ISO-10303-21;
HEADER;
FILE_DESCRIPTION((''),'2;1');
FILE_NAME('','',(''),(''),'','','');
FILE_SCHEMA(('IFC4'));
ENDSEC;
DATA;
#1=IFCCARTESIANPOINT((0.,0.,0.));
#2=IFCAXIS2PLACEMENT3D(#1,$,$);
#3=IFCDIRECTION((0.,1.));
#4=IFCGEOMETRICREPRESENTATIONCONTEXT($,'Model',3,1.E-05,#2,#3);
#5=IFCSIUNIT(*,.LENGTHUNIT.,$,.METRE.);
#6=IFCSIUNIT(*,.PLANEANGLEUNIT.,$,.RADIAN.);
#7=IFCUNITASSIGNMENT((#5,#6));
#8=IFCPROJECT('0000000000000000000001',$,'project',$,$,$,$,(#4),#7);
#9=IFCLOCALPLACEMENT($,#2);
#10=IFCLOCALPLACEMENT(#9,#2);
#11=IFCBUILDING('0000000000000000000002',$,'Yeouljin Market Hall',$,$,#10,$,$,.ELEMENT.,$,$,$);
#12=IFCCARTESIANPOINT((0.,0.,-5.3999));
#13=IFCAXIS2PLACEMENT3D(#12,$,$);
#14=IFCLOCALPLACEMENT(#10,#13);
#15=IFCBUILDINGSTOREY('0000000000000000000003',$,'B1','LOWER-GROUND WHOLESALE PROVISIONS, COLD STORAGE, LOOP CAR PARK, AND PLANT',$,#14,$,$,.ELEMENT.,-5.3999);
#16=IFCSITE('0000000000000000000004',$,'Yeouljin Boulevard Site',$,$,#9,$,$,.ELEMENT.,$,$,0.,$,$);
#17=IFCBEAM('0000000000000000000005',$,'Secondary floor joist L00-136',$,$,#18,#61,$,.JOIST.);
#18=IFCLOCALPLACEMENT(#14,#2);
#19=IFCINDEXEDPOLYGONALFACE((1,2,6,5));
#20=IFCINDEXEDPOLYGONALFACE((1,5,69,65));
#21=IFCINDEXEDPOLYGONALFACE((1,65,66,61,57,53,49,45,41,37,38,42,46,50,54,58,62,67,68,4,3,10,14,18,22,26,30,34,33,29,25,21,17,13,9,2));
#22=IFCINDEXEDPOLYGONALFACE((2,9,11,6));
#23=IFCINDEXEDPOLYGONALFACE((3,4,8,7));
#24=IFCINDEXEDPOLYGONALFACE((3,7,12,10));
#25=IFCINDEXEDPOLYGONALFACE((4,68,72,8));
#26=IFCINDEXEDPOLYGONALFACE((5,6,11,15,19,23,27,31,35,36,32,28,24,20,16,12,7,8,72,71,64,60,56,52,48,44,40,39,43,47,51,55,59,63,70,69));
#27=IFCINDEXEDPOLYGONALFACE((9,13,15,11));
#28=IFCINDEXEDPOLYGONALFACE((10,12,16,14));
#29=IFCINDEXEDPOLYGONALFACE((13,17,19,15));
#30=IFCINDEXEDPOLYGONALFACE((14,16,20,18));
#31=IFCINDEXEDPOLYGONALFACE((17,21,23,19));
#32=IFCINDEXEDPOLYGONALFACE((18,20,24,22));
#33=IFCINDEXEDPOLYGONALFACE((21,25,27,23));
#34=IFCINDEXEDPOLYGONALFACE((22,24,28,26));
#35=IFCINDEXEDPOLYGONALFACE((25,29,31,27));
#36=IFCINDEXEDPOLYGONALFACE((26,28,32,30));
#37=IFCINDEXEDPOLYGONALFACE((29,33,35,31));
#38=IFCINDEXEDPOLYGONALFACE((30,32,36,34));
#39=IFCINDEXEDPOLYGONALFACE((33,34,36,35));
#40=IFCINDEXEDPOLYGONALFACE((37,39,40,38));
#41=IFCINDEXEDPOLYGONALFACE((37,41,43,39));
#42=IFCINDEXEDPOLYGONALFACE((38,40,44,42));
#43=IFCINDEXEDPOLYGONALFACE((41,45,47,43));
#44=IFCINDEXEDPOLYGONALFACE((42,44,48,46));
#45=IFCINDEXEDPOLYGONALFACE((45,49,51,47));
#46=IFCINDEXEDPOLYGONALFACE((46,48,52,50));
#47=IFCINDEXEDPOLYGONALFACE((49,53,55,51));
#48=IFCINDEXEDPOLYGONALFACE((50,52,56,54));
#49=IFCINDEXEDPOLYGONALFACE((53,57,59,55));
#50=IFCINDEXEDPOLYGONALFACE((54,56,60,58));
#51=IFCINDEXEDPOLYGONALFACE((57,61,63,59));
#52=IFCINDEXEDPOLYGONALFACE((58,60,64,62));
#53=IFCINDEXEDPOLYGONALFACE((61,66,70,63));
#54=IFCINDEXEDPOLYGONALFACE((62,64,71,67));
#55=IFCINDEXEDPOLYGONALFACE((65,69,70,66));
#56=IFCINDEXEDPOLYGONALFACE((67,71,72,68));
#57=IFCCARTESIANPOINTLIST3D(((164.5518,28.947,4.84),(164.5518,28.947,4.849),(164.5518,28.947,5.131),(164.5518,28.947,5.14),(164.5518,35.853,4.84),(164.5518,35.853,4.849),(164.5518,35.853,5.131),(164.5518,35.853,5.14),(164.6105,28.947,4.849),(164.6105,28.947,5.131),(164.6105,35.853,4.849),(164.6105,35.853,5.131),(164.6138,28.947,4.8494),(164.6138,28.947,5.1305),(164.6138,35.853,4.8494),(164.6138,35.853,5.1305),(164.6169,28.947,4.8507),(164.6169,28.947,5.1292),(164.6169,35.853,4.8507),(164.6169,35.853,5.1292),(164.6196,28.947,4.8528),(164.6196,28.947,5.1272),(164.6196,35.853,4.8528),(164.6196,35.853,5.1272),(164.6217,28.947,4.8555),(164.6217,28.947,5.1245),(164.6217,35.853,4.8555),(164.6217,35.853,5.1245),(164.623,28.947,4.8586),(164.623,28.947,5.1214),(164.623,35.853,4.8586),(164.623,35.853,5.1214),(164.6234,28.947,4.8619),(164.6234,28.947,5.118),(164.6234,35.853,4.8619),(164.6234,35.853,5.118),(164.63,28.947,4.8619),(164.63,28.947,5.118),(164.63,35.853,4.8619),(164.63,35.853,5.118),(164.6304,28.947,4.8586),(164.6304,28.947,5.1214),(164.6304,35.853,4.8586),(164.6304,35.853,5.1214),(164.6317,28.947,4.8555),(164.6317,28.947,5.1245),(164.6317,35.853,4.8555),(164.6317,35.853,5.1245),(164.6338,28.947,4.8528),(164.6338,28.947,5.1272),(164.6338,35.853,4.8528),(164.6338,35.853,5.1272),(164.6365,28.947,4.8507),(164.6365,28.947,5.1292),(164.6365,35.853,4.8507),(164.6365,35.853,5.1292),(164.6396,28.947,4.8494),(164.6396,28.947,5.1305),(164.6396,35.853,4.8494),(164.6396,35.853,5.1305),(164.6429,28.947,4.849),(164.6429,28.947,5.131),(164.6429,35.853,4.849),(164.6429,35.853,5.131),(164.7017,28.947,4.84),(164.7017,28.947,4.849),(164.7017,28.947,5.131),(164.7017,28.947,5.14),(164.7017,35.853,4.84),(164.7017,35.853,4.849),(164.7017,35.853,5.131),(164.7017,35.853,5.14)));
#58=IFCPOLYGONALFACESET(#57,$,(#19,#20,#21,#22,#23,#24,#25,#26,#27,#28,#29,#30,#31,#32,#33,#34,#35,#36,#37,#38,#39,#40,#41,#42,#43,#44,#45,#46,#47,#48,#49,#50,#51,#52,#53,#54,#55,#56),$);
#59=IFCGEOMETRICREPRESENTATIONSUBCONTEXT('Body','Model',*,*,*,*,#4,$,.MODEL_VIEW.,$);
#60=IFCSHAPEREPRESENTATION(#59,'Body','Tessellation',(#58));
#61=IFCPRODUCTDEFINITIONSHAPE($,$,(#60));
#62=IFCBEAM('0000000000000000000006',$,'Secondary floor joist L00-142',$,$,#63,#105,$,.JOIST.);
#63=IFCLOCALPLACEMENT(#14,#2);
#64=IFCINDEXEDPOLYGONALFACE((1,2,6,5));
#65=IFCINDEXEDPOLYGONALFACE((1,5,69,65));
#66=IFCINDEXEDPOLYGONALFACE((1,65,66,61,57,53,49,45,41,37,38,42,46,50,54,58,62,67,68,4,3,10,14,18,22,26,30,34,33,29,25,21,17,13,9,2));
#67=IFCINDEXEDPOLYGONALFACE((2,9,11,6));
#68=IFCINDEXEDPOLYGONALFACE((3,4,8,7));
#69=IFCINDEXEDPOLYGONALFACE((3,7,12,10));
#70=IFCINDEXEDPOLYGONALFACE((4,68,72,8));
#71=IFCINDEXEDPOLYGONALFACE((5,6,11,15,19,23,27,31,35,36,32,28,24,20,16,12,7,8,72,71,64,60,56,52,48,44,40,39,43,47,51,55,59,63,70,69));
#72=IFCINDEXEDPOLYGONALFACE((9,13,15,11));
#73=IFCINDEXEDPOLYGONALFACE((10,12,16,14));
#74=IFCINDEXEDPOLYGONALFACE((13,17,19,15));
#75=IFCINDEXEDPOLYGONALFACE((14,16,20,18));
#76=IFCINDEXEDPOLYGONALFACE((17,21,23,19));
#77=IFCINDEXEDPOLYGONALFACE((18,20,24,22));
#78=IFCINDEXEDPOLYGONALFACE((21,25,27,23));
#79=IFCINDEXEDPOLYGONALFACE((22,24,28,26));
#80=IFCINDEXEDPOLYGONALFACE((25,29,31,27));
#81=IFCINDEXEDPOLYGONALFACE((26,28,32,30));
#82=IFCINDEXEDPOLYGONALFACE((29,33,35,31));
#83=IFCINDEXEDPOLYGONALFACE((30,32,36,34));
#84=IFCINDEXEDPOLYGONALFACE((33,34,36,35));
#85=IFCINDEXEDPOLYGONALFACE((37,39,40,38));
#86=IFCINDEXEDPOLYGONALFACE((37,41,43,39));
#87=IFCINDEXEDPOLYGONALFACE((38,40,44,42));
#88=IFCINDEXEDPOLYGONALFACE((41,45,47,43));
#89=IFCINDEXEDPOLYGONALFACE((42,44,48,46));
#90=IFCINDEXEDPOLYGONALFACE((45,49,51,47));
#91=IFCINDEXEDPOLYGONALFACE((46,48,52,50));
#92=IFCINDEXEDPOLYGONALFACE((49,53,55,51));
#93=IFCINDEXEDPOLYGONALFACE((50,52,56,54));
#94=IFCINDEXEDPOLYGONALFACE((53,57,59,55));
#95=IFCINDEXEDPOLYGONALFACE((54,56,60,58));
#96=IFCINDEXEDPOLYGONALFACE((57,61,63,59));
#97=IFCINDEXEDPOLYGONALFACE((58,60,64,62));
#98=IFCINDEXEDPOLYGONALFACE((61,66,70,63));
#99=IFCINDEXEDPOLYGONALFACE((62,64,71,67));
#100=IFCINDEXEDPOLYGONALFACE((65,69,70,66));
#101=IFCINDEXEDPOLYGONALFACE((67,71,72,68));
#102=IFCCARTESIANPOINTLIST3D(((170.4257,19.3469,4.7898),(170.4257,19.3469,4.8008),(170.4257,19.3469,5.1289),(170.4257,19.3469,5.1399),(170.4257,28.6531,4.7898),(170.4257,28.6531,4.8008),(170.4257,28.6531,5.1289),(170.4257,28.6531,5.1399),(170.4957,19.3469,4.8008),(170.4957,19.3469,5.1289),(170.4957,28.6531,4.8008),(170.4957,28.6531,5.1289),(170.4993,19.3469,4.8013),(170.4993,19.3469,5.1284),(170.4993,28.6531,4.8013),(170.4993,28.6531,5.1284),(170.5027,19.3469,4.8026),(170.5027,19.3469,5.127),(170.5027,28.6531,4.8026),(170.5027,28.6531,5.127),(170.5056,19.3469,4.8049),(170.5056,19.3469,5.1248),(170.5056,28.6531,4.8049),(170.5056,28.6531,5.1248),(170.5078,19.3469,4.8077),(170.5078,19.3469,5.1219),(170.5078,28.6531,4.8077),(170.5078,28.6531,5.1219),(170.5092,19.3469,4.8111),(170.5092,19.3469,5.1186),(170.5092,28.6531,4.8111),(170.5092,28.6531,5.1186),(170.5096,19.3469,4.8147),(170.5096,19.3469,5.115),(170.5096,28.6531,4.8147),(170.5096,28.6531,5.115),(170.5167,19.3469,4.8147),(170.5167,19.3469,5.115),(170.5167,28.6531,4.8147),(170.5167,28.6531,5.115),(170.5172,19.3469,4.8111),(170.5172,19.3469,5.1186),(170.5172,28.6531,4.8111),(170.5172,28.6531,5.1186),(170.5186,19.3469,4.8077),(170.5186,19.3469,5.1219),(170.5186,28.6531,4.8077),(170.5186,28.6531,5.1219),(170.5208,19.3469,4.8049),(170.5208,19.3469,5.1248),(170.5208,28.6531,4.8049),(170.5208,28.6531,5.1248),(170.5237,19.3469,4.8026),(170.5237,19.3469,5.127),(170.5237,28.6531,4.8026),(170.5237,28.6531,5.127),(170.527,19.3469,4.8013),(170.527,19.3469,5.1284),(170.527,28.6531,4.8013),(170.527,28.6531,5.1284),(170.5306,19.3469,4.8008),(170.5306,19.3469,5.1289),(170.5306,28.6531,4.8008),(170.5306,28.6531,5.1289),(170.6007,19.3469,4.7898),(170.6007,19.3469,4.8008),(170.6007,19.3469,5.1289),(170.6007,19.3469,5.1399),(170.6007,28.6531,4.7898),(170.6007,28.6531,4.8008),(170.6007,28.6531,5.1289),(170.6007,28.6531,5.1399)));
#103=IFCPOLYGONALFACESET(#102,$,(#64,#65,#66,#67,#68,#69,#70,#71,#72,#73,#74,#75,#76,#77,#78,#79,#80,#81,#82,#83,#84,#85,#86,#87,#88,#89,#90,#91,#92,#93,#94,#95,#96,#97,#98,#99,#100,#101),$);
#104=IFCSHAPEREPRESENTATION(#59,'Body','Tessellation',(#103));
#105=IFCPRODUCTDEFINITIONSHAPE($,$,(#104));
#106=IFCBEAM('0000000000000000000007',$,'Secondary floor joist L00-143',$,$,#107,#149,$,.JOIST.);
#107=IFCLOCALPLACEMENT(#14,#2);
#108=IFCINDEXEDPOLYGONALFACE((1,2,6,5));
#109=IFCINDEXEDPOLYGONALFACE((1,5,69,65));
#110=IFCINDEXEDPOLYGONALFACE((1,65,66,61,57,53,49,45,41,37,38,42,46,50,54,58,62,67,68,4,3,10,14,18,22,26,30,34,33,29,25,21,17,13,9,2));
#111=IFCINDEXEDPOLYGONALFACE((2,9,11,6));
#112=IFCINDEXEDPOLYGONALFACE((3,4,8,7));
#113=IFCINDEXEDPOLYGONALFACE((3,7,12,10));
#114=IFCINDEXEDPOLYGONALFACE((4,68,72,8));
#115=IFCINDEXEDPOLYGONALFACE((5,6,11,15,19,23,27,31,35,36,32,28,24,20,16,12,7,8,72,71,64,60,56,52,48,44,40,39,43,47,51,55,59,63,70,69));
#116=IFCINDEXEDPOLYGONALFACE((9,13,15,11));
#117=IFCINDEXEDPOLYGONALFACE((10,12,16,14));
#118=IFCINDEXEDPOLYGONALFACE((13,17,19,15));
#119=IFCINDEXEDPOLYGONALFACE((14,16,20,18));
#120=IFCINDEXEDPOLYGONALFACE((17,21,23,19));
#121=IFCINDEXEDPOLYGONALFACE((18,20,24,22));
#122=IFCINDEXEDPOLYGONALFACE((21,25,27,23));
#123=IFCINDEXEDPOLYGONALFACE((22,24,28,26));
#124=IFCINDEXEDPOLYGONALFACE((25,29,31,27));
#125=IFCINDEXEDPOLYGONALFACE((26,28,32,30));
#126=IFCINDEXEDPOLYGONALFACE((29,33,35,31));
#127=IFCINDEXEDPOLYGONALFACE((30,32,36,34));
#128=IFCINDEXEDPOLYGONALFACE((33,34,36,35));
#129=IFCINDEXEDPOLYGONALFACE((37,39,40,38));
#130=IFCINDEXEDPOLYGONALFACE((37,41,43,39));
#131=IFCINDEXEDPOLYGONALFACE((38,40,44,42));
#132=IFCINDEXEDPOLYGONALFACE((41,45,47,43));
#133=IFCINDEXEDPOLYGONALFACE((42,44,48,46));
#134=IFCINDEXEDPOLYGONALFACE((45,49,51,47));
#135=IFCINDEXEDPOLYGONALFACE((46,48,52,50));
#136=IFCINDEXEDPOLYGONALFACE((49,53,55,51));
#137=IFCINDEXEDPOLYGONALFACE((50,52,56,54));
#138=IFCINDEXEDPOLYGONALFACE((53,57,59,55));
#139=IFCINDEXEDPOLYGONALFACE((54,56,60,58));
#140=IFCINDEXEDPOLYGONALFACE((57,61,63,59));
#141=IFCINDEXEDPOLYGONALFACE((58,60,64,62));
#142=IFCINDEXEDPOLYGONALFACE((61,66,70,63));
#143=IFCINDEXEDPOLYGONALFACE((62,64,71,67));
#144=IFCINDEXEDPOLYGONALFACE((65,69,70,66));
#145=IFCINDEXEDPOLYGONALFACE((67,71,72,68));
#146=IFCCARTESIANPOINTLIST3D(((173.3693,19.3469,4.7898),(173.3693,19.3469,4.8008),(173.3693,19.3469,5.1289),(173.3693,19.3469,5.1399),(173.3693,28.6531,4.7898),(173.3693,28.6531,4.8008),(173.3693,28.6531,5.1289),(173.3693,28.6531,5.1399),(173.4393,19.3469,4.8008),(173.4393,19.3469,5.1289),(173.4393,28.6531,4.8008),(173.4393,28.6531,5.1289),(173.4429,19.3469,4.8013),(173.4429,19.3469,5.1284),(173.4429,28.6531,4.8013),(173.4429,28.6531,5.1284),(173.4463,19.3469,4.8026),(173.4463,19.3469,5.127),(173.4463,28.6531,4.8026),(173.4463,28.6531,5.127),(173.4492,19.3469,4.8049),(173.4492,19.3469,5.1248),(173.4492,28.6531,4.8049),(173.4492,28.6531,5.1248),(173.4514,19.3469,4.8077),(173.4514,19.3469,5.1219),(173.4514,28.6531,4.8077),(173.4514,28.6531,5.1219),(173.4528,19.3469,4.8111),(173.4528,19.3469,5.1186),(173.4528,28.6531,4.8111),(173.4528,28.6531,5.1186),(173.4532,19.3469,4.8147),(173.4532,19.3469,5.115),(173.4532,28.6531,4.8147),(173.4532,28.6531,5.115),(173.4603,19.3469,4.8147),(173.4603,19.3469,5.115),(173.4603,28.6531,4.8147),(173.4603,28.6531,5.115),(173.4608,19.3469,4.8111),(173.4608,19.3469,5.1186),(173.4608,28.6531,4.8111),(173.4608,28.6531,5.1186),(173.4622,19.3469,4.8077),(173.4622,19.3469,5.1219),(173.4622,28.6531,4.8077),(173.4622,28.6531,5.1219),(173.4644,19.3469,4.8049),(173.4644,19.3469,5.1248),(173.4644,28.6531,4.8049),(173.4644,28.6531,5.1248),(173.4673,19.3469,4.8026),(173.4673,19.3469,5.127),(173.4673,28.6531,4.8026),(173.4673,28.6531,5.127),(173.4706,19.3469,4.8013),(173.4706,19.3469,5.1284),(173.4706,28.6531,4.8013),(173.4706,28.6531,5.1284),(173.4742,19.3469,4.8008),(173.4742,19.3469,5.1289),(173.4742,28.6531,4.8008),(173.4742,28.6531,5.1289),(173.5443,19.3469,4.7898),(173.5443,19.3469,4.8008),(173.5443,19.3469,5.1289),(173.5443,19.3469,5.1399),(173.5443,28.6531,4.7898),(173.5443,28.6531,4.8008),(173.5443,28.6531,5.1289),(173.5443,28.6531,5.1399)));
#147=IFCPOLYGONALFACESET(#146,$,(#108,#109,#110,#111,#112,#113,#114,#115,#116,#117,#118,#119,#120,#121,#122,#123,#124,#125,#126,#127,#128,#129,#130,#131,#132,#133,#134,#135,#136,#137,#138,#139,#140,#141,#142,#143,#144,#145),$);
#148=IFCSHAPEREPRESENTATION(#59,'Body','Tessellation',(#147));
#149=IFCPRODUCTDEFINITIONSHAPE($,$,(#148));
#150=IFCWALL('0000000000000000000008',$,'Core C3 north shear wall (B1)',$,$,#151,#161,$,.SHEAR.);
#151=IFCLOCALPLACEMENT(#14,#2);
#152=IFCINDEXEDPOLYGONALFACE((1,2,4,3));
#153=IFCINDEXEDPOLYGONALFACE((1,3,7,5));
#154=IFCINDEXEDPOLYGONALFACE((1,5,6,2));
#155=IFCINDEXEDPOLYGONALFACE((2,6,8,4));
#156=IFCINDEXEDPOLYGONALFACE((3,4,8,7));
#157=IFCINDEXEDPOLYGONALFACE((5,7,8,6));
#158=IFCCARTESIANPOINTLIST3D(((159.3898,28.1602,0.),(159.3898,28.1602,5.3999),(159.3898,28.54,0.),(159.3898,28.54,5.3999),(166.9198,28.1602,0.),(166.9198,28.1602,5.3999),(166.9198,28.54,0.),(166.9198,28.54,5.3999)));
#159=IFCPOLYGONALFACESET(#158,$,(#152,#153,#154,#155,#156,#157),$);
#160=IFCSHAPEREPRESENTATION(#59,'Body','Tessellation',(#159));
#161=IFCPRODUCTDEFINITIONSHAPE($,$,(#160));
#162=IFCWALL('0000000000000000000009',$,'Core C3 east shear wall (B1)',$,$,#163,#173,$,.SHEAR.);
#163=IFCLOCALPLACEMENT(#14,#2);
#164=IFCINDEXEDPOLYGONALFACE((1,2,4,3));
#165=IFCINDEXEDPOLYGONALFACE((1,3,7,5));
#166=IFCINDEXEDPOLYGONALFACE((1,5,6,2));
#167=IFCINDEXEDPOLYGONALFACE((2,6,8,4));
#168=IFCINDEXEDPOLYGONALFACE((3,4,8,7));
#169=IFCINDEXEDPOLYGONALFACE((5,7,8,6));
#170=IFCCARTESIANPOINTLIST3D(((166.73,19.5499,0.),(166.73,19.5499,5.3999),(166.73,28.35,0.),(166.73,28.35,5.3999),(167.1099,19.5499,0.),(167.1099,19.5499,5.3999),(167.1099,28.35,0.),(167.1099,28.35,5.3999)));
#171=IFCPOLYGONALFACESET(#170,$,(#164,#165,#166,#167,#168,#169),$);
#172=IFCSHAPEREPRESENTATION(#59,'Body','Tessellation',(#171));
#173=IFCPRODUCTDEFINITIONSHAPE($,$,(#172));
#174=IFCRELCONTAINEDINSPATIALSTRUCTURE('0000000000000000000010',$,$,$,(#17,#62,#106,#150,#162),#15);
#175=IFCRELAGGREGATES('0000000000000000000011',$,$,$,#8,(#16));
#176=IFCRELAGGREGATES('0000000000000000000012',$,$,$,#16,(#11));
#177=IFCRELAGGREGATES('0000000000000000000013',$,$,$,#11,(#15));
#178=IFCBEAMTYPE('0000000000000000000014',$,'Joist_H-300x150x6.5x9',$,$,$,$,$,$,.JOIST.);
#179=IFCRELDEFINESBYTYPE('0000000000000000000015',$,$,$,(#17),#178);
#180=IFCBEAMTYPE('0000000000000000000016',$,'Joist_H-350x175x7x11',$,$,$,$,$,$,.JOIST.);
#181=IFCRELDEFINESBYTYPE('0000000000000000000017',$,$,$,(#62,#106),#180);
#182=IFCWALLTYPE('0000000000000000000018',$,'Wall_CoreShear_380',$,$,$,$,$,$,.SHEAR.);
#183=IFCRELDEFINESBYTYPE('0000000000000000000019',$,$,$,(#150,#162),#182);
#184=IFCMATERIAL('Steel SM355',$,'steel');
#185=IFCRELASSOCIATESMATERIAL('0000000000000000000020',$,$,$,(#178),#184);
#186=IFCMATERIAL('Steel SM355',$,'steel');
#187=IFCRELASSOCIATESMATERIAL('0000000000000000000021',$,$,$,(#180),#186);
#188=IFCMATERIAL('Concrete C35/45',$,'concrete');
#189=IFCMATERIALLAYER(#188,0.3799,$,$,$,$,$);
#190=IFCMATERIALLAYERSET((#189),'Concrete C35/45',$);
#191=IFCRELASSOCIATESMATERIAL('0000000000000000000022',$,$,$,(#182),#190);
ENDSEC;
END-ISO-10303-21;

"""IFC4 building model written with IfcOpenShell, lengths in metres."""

from ifc_helpers import new_model, si_unit, direction, frame, frame_2d, origin, origin_2d, place, context, subcontext, project, spatial, rectangle, i_section, extrude, material, layer, layer_set, material_profile, profile_set, type_object, element, save


model = new_model("IFC4")

# Units and contexts
model_context = context("Model", 3, precision=1e-05, world=origin(), true_north=direction((0.0, 1.0)))
body_context = subcontext(model_context, "Body", "Model", "MODEL_VIEW")
ifc_project = project(units=[si_unit("LENGTHUNIT", "METRE"), si_unit("PLANEANGLEUNIT", "RADIAN")], contexts=[model_context])

# Site, building, storey
site_placement = place(None, origin())
site = spatial("IfcSite", under=ifc_project, at=site_placement, Name="Yeouljin Boulevard Site", CompositionType="ELEMENT", RefElevation=0.0)
building_placement = place(site_placement, origin())
building = spatial("IfcBuilding", under=site, at=building_placement, Name="Yeouljin Market Hall", CompositionType="ELEMENT")
storey_placement = place(building_placement, frame((0.0, 0.0, -5.3999)))
storey = spatial("IfcBuildingStorey", under=building, at=storey_placement, Name="B1", Description="LOWER-GROUND WHOLESALE PROVISIONS, COLD STORAGE, LOOP CAR PARK, AND PLANT", CompositionType="ELEMENT", Elevation=-5.3999)

# Beams
ifc_material_1 = material(Name="Steel SM355", Category="steel")
ifc_material_profile_1 = material_profile(ifc_material_1, i_section(OverallWidth=0.1499, OverallDepth=0.3, WebThickness=0.0066, FlangeThickness=0.009, FilletRadius=0.0129, at=origin_2d()), Name="H-300x150x6.5x9")
ifc_profile_set_1 = profile_set([ifc_material_profile_1], Name="Steel SM355")
beam_type_1 = type_object("IfcBeamType", Name="Joist_H-300x150x6.5x9", PredefinedType="JOIST", material=ifc_profile_set_1)
for number, where, z_axis, x_axis, name in (
    (1, (164.6267, 28.947, 4.99), (0.0, 1.0, 0.0), (-1.0, 0.0, 0.0), "Secondary floor joist L00-136"),
):
    element("IfcBeam", number, at=place(storey_placement, frame(where, z_axis=z_axis, x_axis=x_axis)), inside=storey, type_object=beam_type_1, Name=name, PredefinedType="JOIST", context=body_context, shape_type="SweptSolid", body=[
        extrude(i_section(OverallWidth=0.1499, OverallDepth=0.3, WebThickness=0.0066, FlangeThickness=0.009, FilletRadius=0.0129, at=origin_2d()), origin(), (0.0, 0.0, 1.0), 6.906),
    ])
ifc_material_2 = material(Name="Steel SM355", Category="steel")
ifc_material_profile_2 = material_profile(ifc_material_2, i_section(OverallWidth=0.175, OverallDepth=0.3501, WebThickness=0.0071, FlangeThickness=0.011, FilletRadius=0.0139, at=origin_2d()), Name="H-350x175x7x11")
ifc_profile_set_2 = profile_set([ifc_material_profile_2], Name="Steel SM355")
beam_type_2 = type_object("IfcBeamType", Name="Joist_H-350x175x7x11", PredefinedType="JOIST", material=ifc_profile_set_2)
for number, where, z_axis, x_axis, name in (
    (2, (170.5132, 19.3469, 4.9648), (0.0, 1.0, 0.0), (-1.0, 0.0, 0.0), "Secondary floor joist L00-142"),
    (3, (173.4568, 19.3469, 4.9648), (0.0, 1.0, 0.0), (-1.0, 0.0, 0.0), "Secondary floor joist L00-143"),
):
    element("IfcBeam", number, at=place(storey_placement, frame(where, z_axis=z_axis, x_axis=x_axis)), inside=storey, type_object=beam_type_2, Name=name, PredefinedType="JOIST", context=body_context, shape_type="SweptSolid", body=[
        extrude(i_section(OverallWidth=0.175, OverallDepth=0.3501, WebThickness=0.0071, FlangeThickness=0.011, FilletRadius=0.0139, at=origin_2d()), origin(), (0.0, 0.0, 1.0), 9.3062),
    ])

# Walls
ifc_material_3 = material(Name="Concrete C35/45", Category="concrete")
ifc_layer_1 = layer(ifc_material_3, 0.3799)
ifc_layer_set_1 = layer_set([ifc_layer_1], Name="Concrete C35/45")
wall_type_1 = type_object("IfcWallType", Name="Wall_CoreShear_380", PredefinedType="SHEAR", material=ifc_layer_set_1)
wall_1_placement = place(storey_placement, frame((166.9199, 28.3501, 0.0), z_axis=(0.0, 0.0, 1.0), x_axis=(-1.0, 0.0, 0.0)))
element("IfcWall", 4, at=wall_1_placement, inside=storey, type_object=wall_type_1, Name="Core C3 north shear wall (B1)", PredefinedType="SHEAR", context=body_context, shape_type="SweptSolid", body=[
    extrude(rectangle(XDim=7.53, YDim=0.3799, at=frame_2d((3.7651, 0.0))), origin(), (0.0, 0.0, 1.0), 5.3999),
])
wall_2_placement = place(storey_placement, frame((166.9199, 19.55, 0.0), z_axis=(0.0, 0.0, 1.0), x_axis=(0.0, 1.0, 0.0)))
element("IfcWall", 5, at=wall_2_placement, inside=storey, type_object=wall_type_1, Name="Core C3 east shear wall (B1)", PredefinedType="SHEAR", context=body_context, shape_type="SweptSolid", body=[
    extrude(rectangle(XDim=8.8, YDim=0.3799, at=frame_2d((4.3999, 0.0))), origin(), (0.0, 0.0, 1.0), 5.3999),
])

save(model, "model.ifc")
